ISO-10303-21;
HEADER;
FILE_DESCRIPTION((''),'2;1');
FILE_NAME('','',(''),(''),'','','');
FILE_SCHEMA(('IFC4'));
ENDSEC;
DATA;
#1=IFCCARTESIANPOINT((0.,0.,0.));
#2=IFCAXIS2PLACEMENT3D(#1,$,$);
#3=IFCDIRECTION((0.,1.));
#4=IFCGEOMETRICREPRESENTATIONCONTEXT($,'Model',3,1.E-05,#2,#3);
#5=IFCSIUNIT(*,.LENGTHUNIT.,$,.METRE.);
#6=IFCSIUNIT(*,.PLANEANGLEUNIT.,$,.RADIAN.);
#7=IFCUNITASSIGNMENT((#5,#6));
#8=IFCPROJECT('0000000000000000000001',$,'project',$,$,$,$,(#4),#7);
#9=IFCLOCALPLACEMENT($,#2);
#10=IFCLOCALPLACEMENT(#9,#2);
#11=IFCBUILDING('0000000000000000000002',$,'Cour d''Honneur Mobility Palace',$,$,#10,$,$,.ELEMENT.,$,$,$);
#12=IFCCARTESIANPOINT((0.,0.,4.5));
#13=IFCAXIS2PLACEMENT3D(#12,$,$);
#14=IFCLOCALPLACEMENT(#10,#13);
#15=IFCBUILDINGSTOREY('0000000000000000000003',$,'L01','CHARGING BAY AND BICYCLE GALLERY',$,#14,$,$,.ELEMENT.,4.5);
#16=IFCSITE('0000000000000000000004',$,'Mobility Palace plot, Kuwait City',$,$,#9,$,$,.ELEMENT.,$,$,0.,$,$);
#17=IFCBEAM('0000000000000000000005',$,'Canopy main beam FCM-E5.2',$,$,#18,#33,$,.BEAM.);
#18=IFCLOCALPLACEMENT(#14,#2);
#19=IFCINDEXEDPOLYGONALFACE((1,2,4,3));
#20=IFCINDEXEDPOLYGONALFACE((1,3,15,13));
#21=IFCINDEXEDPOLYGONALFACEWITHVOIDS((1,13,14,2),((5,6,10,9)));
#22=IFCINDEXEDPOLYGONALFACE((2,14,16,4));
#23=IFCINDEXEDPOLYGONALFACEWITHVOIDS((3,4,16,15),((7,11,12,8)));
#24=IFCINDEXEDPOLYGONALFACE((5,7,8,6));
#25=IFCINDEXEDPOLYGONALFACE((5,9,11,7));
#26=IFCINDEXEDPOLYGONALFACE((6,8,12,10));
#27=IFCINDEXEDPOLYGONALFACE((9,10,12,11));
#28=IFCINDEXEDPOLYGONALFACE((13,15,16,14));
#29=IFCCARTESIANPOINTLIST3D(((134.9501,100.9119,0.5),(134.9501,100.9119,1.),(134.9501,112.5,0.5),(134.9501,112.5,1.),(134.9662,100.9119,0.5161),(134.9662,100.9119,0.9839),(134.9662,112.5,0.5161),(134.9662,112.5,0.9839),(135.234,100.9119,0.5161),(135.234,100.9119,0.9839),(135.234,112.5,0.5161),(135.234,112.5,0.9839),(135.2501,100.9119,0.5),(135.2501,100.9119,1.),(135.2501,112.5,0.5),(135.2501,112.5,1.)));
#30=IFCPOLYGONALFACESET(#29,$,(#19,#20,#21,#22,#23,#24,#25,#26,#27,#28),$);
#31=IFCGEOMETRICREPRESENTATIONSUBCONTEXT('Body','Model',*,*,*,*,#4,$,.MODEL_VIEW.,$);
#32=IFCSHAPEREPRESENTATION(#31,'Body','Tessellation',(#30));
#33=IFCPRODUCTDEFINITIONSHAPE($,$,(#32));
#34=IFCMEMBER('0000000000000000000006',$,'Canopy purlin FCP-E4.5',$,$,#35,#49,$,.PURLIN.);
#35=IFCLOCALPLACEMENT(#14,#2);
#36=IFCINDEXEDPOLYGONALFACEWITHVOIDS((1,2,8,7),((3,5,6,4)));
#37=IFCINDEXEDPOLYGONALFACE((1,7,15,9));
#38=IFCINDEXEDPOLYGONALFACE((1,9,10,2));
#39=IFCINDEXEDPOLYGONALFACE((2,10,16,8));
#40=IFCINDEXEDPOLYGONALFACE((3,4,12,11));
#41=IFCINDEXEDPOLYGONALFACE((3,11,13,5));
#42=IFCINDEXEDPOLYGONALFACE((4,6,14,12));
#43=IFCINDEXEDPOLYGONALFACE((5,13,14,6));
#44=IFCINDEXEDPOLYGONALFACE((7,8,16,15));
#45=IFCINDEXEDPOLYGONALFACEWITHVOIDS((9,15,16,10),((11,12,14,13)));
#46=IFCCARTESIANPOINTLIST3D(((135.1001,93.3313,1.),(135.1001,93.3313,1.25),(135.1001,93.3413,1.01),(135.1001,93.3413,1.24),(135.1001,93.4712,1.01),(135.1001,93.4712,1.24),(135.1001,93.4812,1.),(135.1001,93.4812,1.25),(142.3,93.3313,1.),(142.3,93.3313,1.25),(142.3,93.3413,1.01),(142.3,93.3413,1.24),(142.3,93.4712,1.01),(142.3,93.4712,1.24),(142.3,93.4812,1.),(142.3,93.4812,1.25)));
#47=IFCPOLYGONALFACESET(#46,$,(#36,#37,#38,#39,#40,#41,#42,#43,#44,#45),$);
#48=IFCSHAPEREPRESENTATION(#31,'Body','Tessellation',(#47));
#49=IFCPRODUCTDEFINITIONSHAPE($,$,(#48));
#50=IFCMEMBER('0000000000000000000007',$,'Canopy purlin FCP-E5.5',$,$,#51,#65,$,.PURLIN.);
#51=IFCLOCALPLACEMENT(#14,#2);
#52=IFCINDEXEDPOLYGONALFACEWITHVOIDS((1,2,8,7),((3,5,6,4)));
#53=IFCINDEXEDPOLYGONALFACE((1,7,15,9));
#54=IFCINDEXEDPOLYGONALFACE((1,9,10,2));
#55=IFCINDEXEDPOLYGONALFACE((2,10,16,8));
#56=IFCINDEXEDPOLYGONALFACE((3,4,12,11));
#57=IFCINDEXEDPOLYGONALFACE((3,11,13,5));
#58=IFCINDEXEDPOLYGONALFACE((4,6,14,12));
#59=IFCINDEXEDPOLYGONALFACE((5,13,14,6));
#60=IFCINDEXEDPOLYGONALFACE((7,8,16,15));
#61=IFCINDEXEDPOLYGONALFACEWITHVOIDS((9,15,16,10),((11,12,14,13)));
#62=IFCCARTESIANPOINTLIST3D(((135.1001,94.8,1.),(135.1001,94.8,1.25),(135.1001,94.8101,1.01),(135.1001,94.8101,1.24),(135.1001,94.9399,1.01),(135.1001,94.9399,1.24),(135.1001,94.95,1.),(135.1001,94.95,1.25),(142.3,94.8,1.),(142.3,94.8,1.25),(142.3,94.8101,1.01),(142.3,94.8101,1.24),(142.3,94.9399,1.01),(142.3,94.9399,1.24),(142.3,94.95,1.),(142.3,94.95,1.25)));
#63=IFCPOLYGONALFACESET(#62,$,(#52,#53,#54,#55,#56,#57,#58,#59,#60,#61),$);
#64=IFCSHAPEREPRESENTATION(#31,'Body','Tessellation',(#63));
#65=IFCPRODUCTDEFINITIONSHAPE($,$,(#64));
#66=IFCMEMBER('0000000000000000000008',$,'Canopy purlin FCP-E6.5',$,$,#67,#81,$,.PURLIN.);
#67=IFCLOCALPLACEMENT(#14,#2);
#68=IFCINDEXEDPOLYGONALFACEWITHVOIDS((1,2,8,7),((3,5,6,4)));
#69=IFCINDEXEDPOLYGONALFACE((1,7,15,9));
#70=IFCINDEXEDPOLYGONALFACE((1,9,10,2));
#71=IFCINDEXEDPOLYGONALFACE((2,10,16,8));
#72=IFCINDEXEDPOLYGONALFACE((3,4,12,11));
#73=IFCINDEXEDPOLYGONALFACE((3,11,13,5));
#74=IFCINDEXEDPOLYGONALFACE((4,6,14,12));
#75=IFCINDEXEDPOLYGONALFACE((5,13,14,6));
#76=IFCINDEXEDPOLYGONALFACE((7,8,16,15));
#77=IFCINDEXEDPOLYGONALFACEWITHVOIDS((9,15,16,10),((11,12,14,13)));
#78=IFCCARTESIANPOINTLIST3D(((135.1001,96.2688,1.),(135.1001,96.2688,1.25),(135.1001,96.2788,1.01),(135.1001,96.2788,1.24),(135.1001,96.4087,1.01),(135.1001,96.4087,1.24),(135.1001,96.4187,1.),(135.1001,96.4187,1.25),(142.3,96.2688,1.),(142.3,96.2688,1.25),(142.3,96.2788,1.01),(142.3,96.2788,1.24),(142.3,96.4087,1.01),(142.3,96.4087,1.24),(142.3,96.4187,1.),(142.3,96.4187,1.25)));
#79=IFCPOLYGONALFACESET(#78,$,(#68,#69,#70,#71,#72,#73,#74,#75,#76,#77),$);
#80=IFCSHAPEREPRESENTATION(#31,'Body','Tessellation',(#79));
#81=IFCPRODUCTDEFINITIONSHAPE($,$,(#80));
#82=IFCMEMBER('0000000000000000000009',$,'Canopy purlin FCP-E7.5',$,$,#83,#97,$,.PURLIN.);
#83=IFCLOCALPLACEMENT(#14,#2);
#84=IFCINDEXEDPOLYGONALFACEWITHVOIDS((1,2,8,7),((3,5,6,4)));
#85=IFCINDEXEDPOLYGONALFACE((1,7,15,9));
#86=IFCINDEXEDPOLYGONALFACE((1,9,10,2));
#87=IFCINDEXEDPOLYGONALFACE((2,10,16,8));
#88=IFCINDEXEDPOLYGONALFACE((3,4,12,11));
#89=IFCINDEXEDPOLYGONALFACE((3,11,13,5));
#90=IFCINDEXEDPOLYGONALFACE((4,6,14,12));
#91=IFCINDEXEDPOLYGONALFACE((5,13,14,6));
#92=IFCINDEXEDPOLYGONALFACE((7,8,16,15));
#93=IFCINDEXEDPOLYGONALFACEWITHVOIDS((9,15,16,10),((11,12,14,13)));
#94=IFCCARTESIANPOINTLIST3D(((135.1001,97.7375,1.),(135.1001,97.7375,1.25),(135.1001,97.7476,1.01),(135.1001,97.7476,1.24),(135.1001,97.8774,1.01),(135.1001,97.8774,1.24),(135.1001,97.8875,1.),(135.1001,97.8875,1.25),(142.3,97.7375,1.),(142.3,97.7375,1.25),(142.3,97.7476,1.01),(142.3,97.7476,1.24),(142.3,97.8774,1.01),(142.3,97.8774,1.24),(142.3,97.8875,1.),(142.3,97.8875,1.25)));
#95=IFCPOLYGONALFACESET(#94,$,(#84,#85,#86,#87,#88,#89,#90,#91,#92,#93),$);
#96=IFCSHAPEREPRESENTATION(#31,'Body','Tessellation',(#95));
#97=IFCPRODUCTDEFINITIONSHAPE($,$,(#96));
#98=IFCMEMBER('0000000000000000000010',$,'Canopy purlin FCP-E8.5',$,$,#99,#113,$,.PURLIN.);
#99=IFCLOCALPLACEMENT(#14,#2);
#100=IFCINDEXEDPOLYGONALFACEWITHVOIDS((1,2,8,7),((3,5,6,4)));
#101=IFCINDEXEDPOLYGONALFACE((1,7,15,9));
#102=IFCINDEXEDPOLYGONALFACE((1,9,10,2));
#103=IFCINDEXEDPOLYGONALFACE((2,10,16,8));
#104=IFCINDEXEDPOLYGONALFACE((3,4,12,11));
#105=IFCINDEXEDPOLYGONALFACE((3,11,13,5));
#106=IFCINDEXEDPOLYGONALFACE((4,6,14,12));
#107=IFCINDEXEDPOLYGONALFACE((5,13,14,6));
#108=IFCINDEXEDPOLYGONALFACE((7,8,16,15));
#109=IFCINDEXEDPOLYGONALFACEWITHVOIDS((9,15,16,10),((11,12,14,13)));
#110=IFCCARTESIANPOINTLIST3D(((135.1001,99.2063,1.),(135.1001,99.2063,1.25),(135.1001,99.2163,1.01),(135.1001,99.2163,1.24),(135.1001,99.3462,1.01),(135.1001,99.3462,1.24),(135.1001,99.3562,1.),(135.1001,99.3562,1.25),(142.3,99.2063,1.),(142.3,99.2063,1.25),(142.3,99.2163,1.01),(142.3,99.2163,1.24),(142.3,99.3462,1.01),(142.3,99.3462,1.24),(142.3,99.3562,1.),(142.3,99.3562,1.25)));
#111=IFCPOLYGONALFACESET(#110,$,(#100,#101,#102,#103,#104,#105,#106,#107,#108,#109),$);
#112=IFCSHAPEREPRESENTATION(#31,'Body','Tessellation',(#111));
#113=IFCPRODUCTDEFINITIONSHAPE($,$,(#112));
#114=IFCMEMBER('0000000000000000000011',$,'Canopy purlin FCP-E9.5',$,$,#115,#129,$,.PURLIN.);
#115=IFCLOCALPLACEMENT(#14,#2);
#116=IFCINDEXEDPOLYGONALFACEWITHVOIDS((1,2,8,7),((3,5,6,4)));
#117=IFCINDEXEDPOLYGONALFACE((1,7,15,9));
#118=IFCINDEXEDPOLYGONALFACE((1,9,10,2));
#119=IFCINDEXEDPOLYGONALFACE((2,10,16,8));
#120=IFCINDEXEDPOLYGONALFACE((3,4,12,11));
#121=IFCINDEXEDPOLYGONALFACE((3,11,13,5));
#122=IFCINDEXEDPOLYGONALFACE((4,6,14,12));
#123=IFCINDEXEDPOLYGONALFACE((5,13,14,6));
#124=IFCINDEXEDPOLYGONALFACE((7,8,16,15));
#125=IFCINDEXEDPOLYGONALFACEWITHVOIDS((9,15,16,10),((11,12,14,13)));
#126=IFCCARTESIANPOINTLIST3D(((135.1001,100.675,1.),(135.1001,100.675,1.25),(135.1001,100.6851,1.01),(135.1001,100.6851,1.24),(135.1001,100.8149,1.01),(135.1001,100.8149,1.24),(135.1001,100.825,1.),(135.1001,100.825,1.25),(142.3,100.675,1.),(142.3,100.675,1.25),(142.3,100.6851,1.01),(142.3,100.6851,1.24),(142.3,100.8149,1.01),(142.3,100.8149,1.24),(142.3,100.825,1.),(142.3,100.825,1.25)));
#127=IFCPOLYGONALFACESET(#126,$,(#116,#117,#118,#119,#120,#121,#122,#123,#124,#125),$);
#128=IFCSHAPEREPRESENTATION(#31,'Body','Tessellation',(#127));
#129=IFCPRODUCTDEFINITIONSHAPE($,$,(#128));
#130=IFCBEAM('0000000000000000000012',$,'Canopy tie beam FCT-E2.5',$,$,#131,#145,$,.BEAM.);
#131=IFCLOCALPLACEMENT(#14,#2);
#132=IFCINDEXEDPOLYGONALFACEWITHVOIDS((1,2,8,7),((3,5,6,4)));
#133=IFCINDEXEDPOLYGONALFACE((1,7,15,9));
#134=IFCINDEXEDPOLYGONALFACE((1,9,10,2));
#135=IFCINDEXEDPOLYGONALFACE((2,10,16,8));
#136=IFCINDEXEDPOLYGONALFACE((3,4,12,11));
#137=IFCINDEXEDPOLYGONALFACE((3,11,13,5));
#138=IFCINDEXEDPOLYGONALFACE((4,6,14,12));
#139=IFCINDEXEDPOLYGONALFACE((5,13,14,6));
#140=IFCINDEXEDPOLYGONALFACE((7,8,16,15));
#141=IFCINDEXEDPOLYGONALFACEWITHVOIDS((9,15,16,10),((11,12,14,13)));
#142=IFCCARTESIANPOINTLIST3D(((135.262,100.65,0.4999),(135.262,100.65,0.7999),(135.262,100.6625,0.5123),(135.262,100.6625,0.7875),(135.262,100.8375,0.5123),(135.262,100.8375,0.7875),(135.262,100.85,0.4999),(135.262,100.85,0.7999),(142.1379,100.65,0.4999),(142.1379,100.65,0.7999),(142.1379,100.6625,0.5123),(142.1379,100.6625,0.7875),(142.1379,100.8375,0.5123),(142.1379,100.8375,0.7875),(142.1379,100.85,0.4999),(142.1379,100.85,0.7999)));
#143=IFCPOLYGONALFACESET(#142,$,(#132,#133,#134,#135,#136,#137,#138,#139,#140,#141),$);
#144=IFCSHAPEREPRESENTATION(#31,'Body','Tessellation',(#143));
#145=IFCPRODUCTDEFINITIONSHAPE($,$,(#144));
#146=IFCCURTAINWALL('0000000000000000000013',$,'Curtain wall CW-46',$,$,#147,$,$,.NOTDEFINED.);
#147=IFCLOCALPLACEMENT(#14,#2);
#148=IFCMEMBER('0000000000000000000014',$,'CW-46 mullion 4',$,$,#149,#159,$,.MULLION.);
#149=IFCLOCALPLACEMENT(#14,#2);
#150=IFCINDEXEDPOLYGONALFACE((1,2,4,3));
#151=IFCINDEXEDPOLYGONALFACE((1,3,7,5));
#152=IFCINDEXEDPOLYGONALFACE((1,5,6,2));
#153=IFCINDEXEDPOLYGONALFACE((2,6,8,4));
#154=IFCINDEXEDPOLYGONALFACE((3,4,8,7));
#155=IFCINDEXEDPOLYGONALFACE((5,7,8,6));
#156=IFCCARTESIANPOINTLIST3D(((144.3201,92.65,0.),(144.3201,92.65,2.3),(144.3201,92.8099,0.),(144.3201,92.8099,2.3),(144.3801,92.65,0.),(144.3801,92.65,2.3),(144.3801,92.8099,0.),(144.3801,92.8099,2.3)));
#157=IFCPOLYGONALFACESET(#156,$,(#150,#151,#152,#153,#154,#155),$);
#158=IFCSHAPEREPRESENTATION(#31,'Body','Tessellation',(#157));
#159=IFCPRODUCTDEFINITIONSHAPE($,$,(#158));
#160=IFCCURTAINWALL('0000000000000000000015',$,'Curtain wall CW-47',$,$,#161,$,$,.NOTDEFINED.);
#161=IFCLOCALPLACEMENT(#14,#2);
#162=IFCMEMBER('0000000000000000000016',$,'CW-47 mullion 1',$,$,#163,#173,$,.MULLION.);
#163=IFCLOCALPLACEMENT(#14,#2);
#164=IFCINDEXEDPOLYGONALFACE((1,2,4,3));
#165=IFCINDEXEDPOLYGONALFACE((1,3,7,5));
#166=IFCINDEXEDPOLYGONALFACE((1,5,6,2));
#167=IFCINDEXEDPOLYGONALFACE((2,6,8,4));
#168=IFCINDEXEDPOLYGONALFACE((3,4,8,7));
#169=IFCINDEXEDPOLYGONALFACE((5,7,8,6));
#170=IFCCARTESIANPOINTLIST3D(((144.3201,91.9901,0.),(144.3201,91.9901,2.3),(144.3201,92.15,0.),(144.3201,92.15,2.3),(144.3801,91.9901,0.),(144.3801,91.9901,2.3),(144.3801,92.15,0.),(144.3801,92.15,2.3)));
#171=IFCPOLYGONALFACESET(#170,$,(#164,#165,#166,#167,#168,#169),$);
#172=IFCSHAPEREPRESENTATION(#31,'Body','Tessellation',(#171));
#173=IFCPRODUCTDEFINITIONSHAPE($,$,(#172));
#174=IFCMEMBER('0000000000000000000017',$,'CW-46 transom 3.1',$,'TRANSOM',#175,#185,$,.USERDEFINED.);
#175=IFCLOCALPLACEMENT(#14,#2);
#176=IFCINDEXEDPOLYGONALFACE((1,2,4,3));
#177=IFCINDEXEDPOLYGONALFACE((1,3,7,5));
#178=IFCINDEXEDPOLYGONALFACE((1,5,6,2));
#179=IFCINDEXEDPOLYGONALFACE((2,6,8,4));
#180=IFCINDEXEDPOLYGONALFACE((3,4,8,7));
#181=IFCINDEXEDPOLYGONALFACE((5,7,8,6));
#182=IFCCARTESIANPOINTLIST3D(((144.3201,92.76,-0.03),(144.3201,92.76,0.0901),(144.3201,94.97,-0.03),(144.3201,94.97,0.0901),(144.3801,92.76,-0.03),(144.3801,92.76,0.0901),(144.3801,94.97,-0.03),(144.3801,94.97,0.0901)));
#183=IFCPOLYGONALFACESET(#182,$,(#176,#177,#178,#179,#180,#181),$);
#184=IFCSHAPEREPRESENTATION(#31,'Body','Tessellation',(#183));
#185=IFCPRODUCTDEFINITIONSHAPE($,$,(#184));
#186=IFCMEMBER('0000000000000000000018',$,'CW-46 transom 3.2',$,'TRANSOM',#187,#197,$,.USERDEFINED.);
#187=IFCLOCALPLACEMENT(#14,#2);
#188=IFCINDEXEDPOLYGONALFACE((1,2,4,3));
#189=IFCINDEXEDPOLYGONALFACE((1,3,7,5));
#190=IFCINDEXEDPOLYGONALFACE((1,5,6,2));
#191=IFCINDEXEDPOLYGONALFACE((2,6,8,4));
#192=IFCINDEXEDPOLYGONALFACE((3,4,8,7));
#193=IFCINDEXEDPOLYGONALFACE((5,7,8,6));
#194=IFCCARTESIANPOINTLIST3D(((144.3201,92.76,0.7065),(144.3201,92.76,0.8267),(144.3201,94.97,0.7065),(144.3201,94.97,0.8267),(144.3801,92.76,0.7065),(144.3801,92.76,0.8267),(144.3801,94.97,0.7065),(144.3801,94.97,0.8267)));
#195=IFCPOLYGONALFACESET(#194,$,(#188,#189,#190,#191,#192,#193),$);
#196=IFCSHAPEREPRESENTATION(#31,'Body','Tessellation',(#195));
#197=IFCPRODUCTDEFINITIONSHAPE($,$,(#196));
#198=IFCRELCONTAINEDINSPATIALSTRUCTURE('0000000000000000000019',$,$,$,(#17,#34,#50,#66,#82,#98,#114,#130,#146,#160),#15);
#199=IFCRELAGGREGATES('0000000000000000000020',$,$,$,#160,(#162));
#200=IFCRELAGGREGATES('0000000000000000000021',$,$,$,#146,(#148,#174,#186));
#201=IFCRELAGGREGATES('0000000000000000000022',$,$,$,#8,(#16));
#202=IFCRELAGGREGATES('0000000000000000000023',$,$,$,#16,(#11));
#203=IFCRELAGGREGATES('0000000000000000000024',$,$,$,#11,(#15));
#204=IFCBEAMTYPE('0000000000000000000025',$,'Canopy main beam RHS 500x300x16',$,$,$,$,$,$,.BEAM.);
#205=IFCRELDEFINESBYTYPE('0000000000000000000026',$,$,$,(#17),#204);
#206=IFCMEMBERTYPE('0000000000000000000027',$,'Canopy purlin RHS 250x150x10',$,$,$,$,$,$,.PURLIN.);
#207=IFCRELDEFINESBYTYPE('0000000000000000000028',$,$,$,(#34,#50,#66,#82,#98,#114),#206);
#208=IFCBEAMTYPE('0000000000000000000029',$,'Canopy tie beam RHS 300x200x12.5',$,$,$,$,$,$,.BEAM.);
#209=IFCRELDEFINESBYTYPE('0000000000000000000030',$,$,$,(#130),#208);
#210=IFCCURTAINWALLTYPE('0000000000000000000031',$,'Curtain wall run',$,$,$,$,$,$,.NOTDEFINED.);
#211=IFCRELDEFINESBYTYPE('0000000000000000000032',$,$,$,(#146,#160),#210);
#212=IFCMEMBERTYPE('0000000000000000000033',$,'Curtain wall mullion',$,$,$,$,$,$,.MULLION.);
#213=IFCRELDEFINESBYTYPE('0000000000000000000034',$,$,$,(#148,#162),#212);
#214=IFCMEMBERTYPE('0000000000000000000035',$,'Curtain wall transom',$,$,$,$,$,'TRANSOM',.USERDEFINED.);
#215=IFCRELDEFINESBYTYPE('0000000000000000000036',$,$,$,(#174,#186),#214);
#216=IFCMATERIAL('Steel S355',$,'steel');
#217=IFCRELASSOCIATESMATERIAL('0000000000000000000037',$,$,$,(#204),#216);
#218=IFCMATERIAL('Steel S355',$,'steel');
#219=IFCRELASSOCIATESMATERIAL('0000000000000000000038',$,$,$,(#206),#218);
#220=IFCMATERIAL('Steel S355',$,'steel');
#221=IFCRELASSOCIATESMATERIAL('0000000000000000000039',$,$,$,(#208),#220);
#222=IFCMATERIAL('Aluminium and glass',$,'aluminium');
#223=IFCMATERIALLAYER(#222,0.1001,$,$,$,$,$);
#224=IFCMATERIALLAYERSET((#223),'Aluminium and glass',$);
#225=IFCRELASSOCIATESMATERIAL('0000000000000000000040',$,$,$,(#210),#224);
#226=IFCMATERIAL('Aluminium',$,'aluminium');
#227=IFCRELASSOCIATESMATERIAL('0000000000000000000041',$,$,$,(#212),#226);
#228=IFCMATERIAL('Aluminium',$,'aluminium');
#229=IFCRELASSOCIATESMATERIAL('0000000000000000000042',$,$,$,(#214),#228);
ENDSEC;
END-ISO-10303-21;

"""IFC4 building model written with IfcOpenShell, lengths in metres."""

from ifc_helpers import new_model, si_unit, direction, frame, origin, origin_2d, place, context, subcontext, project, spatial, rectangle, hollow_rectangle, extrude, material, layer, layer_set, material_profile, profile_set, type_object, element, aggregate, save


model = new_model("IFC4")

# Units and contexts
model_context = context("Model", 3, precision=1e-05, world=origin(), true_north=direction((0.0, 1.0)))
body_context = subcontext(model_context, "Body", "Model", "MODEL_VIEW")
ifc_project = project(units=[si_unit("LENGTHUNIT", "METRE"), si_unit("PLANEANGLEUNIT", "RADIAN")], contexts=[model_context])

# Site, building, storey
site_placement = place(None, origin())
site = spatial("IfcSite", under=ifc_project, at=site_placement, Name="Mobility Palace plot, Kuwait City", CompositionType="ELEMENT", RefElevation=0.0)
building_placement = place(site_placement, origin())
building = spatial("IfcBuilding", under=site, at=building_placement, Name="Cour d'Honneur Mobility Palace", CompositionType="ELEMENT")
storey_placement = place(building_placement, frame((0.0, 0.0, 4.5)))
storey = spatial("IfcBuildingStorey", under=building, at=storey_placement, Name="L01", Description="CHARGING BAY AND BICYCLE GALLERY", CompositionType="ELEMENT", Elevation=4.5)

# Beam
ifc_material_1 = material(Name="Steel S355", Category="steel")
ifc_material_profile_1 = material_profile(ifc_material_1, hollow_rectangle(XDim=0.3, YDim=0.5, WallThickness=0.0161, at=origin_2d()), Name="RHS 500x300x16")
ifc_profile_set_1 = profile_set([ifc_material_profile_1], Name="Steel S355")
beam_type_1 = type_object("IfcBeamType", Name="Canopy main beam RHS 500x300x16", PredefinedType="BEAM", material=ifc_profile_set_1)
beam_1_placement = place(storey_placement, frame((135.1001, 100.9119, 0.75), z_axis=(0.0, 1.0, 0.0), x_axis=(-1.0, 0.0, 0.0)))
element("IfcBeam", 1, at=beam_1_placement, inside=storey, type_object=beam_type_1, Name="Canopy main beam FCM-E5.2", PredefinedType="BEAM", context=body_context, shape_type="SweptSolid", body=[
    extrude(hollow_rectangle(XDim=0.3, YDim=0.5, WallThickness=0.0161, at=origin_2d()), origin(), (0.0, 0.0, 1.0), 11.5881),
])

# Members
ifc_material_2 = material(Name="Steel S355", Category="steel")
ifc_material_profile_2 = material_profile(ifc_material_2, hollow_rectangle(XDim=0.1499, YDim=0.25, WallThickness=0.01, at=origin_2d()), Name="RHS 250x150x10")
ifc_profile_set_2 = profile_set([ifc_material_profile_2], Name="Steel S355")
member_type_1 = type_object("IfcMemberType", Name="Canopy purlin RHS 250x150x10", PredefinedType="PURLIN", material=ifc_profile_set_2)
for number, where, z_axis, x_axis, name in (
    (2, (135.1001, 93.4062, 1.125), (1.0, 0.0, 0.0), (0.0, 1.0, 0.0), "Canopy purlin FCP-E4.5"),
    (3, (135.1001, 94.875, 1.125), (1.0, 0.0, 0.0), (0.0, 1.0, 0.0), "Canopy purlin FCP-E5.5"),
    (4, (135.1001, 96.3438, 1.125), (1.0, 0.0, 0.0), (0.0, 1.0, 0.0), "Canopy purlin FCP-E6.5"),
    (5, (135.1001, 97.8125, 1.125), (1.0, 0.0, 0.0), (0.0, 1.0, 0.0), "Canopy purlin FCP-E7.5"),
    (6, (135.1001, 99.2812, 1.125), (1.0, 0.0, 0.0), (0.0, 1.0, 0.0), "Canopy purlin FCP-E8.5"),
    (7, (135.1001, 100.75, 1.125), (1.0, 0.0, 0.0), (0.0, 1.0, 0.0), "Canopy purlin FCP-E9.5"),
):
    element("IfcMember", number, at=place(storey_placement, frame(where, z_axis=z_axis, x_axis=x_axis)), inside=storey, type_object=member_type_1, Name=name, PredefinedType="PURLIN", context=body_context, shape_type="SweptSolid", body=[
        extrude(hollow_rectangle(XDim=0.1499, YDim=0.25, WallThickness=0.01, at=origin_2d()), origin(), (0.0, 0.0, 1.0), 7.2),
    ])

# Beam
ifc_material_3 = material(Name="Steel S355", Category="steel")
ifc_material_profile_3 = material_profile(ifc_material_3, hollow_rectangle(XDim=0.2, YDim=0.3, WallThickness=0.0125, at=origin_2d()), Name="RHS 300x200x12.5")
ifc_profile_set_3 = profile_set([ifc_material_profile_3], Name="Steel S355")
beam_type_2 = type_object("IfcBeamType", Name="Canopy tie beam RHS 300x200x12.5", PredefinedType="BEAM", material=ifc_profile_set_3)
beam_2_placement = place(storey_placement, frame((135.262, 100.75, 0.6499), z_axis=(1.0, 0.0, 0.0), x_axis=(0.0, 1.0, 0.0)))
element("IfcBeam", 8, at=beam_2_placement, inside=storey, type_object=beam_type_2, Name="Canopy tie beam FCT-E2.5", PredefinedType="BEAM", context=body_context, shape_type="SweptSolid", body=[
    extrude(hollow_rectangle(XDim=0.2, YDim=0.3, WallThickness=0.0125, at=origin_2d()), origin(), (0.0, 0.0, 1.0), 6.876),
])

# Curtain walls, members
ifc_material_4 = material(Name="Aluminium and glass", Category="aluminium")
ifc_layer_1 = layer(ifc_material_4, 0.1001)
ifc_layer_set_1 = layer_set([ifc_layer_1], Name="Aluminium and glass")
curtain_wall_type = type_object("IfcCurtainWallType", Name="Curtain wall run", PredefinedType="NOTDEFINED", material=ifc_layer_set_1)
curtain_wall_1_placement = place(storey_placement, origin())
curtain_wall_1 = element("IfcCurtainWall", 9, at=curtain_wall_1_placement, inside=storey, type_object=curtain_wall_type, Name="Curtain wall CW-46", PredefinedType="NOTDEFINED")
ifc_material_5 = material(Name="Aluminium", Category="aluminium")
ifc_material_profile_4 = material_profile(ifc_material_5, rectangle(XDim=0.0601, YDim=0.1599, at=origin_2d()), Name="Curtain wall mullion")
ifc_profile_set_4 = profile_set([ifc_material_profile_4], Name="Aluminium")
member_type_2 = type_object("IfcMemberType", Name="Curtain wall mullion", PredefinedType="MULLION", material=ifc_profile_set_4)
member_1_placement = place(storey_placement, frame((144.3501, 92.73, 0.0), z_axis=(0.0, 0.0, 1.0), x_axis=(1.0, 0.0, 0.0)))
member_1 = element("IfcMember", 10, at=member_1_placement, type_object=member_type_2, Name="CW-46 mullion 4", PredefinedType="MULLION", context=body_context, shape_type="SweptSolid", body=[
    extrude(rectangle(XDim=0.0601, YDim=0.1599, at=origin_2d()), origin(), (0.0, 0.0, 1.0), 2.3),
])
curtain_wall_2_placement = place(storey_placement, origin())
curtain_wall_2 = element("IfcCurtainWall", 11, at=curtain_wall_2_placement, inside=storey, type_object=curtain_wall_type, Name="Curtain wall CW-47", PredefinedType="NOTDEFINED")
member_2_placement = place(storey_placement, frame((144.3501, 92.0701, 0.0), z_axis=(0.0, 0.0, 1.0), x_axis=(1.0, 0.0, 0.0)))
member_2 = element("IfcMember", 12, at=member_2_placement, type_object=member_type_2, Name="CW-47 mullion 1", PredefinedType="MULLION", context=body_context, shape_type="SweptSolid", body=[
    extrude(rectangle(XDim=0.0601, YDim=0.1599, at=origin_2d()), origin(), (0.0, 0.0, 1.0), 2.3),
])

# Members
ifc_material_6 = material(Name="Aluminium", Category="aluminium")
ifc_material_profile_5 = material_profile(ifc_material_6, rectangle(XDim=0.0601, YDim=0.1201, at=origin_2d()), Name="Curtain wall transom")
ifc_profile_set_5 = profile_set([ifc_material_profile_5], Name="Aluminium")
member_type_3 = type_object("IfcMemberType", Name="Curtain wall transom", ElementType="TRANSOM", PredefinedType="USERDEFINED", material=ifc_profile_set_5)
member_3_placement = place(storey_placement, frame((144.3501, 94.97, 0.03), z_axis=(0.0, -1.0, 0.0), x_axis=(1.0, 0.0, 0.0)))
member_3 = element("IfcMember", 13, at=member_3_placement, type_object=member_type_3, Name="CW-46 transom 3.1", ObjectType="TRANSOM", PredefinedType="USERDEFINED", context=body_context, shape_type="SweptSolid", body=[
    extrude(rectangle(XDim=0.0601, YDim=0.1201, at=origin_2d()), origin(), (0.0, 0.0, 1.0), 2.21),
])
member_4_placement = place(storey_placement, frame((144.3501, 94.97, 0.7666), z_axis=(0.0, -1.0, 0.0), x_axis=(1.0, 0.0, 0.0)))
member_4 = element("IfcMember", 14, at=member_4_placement, type_object=member_type_3, Name="CW-46 transom 3.2", ObjectType="TRANSOM", PredefinedType="USERDEFINED", context=body_context, shape_type="SweptSolid", body=[
    extrude(rectangle(XDim=0.0601, YDim=0.1201, at=origin_2d()), origin(), (0.0, 0.0, 1.0), 2.21),
])
aggregate(curtain_wall_2, [member_2])

aggregate(curtain_wall_1, [member_1, member_3, member_4])

save(model, "model.ifc")
